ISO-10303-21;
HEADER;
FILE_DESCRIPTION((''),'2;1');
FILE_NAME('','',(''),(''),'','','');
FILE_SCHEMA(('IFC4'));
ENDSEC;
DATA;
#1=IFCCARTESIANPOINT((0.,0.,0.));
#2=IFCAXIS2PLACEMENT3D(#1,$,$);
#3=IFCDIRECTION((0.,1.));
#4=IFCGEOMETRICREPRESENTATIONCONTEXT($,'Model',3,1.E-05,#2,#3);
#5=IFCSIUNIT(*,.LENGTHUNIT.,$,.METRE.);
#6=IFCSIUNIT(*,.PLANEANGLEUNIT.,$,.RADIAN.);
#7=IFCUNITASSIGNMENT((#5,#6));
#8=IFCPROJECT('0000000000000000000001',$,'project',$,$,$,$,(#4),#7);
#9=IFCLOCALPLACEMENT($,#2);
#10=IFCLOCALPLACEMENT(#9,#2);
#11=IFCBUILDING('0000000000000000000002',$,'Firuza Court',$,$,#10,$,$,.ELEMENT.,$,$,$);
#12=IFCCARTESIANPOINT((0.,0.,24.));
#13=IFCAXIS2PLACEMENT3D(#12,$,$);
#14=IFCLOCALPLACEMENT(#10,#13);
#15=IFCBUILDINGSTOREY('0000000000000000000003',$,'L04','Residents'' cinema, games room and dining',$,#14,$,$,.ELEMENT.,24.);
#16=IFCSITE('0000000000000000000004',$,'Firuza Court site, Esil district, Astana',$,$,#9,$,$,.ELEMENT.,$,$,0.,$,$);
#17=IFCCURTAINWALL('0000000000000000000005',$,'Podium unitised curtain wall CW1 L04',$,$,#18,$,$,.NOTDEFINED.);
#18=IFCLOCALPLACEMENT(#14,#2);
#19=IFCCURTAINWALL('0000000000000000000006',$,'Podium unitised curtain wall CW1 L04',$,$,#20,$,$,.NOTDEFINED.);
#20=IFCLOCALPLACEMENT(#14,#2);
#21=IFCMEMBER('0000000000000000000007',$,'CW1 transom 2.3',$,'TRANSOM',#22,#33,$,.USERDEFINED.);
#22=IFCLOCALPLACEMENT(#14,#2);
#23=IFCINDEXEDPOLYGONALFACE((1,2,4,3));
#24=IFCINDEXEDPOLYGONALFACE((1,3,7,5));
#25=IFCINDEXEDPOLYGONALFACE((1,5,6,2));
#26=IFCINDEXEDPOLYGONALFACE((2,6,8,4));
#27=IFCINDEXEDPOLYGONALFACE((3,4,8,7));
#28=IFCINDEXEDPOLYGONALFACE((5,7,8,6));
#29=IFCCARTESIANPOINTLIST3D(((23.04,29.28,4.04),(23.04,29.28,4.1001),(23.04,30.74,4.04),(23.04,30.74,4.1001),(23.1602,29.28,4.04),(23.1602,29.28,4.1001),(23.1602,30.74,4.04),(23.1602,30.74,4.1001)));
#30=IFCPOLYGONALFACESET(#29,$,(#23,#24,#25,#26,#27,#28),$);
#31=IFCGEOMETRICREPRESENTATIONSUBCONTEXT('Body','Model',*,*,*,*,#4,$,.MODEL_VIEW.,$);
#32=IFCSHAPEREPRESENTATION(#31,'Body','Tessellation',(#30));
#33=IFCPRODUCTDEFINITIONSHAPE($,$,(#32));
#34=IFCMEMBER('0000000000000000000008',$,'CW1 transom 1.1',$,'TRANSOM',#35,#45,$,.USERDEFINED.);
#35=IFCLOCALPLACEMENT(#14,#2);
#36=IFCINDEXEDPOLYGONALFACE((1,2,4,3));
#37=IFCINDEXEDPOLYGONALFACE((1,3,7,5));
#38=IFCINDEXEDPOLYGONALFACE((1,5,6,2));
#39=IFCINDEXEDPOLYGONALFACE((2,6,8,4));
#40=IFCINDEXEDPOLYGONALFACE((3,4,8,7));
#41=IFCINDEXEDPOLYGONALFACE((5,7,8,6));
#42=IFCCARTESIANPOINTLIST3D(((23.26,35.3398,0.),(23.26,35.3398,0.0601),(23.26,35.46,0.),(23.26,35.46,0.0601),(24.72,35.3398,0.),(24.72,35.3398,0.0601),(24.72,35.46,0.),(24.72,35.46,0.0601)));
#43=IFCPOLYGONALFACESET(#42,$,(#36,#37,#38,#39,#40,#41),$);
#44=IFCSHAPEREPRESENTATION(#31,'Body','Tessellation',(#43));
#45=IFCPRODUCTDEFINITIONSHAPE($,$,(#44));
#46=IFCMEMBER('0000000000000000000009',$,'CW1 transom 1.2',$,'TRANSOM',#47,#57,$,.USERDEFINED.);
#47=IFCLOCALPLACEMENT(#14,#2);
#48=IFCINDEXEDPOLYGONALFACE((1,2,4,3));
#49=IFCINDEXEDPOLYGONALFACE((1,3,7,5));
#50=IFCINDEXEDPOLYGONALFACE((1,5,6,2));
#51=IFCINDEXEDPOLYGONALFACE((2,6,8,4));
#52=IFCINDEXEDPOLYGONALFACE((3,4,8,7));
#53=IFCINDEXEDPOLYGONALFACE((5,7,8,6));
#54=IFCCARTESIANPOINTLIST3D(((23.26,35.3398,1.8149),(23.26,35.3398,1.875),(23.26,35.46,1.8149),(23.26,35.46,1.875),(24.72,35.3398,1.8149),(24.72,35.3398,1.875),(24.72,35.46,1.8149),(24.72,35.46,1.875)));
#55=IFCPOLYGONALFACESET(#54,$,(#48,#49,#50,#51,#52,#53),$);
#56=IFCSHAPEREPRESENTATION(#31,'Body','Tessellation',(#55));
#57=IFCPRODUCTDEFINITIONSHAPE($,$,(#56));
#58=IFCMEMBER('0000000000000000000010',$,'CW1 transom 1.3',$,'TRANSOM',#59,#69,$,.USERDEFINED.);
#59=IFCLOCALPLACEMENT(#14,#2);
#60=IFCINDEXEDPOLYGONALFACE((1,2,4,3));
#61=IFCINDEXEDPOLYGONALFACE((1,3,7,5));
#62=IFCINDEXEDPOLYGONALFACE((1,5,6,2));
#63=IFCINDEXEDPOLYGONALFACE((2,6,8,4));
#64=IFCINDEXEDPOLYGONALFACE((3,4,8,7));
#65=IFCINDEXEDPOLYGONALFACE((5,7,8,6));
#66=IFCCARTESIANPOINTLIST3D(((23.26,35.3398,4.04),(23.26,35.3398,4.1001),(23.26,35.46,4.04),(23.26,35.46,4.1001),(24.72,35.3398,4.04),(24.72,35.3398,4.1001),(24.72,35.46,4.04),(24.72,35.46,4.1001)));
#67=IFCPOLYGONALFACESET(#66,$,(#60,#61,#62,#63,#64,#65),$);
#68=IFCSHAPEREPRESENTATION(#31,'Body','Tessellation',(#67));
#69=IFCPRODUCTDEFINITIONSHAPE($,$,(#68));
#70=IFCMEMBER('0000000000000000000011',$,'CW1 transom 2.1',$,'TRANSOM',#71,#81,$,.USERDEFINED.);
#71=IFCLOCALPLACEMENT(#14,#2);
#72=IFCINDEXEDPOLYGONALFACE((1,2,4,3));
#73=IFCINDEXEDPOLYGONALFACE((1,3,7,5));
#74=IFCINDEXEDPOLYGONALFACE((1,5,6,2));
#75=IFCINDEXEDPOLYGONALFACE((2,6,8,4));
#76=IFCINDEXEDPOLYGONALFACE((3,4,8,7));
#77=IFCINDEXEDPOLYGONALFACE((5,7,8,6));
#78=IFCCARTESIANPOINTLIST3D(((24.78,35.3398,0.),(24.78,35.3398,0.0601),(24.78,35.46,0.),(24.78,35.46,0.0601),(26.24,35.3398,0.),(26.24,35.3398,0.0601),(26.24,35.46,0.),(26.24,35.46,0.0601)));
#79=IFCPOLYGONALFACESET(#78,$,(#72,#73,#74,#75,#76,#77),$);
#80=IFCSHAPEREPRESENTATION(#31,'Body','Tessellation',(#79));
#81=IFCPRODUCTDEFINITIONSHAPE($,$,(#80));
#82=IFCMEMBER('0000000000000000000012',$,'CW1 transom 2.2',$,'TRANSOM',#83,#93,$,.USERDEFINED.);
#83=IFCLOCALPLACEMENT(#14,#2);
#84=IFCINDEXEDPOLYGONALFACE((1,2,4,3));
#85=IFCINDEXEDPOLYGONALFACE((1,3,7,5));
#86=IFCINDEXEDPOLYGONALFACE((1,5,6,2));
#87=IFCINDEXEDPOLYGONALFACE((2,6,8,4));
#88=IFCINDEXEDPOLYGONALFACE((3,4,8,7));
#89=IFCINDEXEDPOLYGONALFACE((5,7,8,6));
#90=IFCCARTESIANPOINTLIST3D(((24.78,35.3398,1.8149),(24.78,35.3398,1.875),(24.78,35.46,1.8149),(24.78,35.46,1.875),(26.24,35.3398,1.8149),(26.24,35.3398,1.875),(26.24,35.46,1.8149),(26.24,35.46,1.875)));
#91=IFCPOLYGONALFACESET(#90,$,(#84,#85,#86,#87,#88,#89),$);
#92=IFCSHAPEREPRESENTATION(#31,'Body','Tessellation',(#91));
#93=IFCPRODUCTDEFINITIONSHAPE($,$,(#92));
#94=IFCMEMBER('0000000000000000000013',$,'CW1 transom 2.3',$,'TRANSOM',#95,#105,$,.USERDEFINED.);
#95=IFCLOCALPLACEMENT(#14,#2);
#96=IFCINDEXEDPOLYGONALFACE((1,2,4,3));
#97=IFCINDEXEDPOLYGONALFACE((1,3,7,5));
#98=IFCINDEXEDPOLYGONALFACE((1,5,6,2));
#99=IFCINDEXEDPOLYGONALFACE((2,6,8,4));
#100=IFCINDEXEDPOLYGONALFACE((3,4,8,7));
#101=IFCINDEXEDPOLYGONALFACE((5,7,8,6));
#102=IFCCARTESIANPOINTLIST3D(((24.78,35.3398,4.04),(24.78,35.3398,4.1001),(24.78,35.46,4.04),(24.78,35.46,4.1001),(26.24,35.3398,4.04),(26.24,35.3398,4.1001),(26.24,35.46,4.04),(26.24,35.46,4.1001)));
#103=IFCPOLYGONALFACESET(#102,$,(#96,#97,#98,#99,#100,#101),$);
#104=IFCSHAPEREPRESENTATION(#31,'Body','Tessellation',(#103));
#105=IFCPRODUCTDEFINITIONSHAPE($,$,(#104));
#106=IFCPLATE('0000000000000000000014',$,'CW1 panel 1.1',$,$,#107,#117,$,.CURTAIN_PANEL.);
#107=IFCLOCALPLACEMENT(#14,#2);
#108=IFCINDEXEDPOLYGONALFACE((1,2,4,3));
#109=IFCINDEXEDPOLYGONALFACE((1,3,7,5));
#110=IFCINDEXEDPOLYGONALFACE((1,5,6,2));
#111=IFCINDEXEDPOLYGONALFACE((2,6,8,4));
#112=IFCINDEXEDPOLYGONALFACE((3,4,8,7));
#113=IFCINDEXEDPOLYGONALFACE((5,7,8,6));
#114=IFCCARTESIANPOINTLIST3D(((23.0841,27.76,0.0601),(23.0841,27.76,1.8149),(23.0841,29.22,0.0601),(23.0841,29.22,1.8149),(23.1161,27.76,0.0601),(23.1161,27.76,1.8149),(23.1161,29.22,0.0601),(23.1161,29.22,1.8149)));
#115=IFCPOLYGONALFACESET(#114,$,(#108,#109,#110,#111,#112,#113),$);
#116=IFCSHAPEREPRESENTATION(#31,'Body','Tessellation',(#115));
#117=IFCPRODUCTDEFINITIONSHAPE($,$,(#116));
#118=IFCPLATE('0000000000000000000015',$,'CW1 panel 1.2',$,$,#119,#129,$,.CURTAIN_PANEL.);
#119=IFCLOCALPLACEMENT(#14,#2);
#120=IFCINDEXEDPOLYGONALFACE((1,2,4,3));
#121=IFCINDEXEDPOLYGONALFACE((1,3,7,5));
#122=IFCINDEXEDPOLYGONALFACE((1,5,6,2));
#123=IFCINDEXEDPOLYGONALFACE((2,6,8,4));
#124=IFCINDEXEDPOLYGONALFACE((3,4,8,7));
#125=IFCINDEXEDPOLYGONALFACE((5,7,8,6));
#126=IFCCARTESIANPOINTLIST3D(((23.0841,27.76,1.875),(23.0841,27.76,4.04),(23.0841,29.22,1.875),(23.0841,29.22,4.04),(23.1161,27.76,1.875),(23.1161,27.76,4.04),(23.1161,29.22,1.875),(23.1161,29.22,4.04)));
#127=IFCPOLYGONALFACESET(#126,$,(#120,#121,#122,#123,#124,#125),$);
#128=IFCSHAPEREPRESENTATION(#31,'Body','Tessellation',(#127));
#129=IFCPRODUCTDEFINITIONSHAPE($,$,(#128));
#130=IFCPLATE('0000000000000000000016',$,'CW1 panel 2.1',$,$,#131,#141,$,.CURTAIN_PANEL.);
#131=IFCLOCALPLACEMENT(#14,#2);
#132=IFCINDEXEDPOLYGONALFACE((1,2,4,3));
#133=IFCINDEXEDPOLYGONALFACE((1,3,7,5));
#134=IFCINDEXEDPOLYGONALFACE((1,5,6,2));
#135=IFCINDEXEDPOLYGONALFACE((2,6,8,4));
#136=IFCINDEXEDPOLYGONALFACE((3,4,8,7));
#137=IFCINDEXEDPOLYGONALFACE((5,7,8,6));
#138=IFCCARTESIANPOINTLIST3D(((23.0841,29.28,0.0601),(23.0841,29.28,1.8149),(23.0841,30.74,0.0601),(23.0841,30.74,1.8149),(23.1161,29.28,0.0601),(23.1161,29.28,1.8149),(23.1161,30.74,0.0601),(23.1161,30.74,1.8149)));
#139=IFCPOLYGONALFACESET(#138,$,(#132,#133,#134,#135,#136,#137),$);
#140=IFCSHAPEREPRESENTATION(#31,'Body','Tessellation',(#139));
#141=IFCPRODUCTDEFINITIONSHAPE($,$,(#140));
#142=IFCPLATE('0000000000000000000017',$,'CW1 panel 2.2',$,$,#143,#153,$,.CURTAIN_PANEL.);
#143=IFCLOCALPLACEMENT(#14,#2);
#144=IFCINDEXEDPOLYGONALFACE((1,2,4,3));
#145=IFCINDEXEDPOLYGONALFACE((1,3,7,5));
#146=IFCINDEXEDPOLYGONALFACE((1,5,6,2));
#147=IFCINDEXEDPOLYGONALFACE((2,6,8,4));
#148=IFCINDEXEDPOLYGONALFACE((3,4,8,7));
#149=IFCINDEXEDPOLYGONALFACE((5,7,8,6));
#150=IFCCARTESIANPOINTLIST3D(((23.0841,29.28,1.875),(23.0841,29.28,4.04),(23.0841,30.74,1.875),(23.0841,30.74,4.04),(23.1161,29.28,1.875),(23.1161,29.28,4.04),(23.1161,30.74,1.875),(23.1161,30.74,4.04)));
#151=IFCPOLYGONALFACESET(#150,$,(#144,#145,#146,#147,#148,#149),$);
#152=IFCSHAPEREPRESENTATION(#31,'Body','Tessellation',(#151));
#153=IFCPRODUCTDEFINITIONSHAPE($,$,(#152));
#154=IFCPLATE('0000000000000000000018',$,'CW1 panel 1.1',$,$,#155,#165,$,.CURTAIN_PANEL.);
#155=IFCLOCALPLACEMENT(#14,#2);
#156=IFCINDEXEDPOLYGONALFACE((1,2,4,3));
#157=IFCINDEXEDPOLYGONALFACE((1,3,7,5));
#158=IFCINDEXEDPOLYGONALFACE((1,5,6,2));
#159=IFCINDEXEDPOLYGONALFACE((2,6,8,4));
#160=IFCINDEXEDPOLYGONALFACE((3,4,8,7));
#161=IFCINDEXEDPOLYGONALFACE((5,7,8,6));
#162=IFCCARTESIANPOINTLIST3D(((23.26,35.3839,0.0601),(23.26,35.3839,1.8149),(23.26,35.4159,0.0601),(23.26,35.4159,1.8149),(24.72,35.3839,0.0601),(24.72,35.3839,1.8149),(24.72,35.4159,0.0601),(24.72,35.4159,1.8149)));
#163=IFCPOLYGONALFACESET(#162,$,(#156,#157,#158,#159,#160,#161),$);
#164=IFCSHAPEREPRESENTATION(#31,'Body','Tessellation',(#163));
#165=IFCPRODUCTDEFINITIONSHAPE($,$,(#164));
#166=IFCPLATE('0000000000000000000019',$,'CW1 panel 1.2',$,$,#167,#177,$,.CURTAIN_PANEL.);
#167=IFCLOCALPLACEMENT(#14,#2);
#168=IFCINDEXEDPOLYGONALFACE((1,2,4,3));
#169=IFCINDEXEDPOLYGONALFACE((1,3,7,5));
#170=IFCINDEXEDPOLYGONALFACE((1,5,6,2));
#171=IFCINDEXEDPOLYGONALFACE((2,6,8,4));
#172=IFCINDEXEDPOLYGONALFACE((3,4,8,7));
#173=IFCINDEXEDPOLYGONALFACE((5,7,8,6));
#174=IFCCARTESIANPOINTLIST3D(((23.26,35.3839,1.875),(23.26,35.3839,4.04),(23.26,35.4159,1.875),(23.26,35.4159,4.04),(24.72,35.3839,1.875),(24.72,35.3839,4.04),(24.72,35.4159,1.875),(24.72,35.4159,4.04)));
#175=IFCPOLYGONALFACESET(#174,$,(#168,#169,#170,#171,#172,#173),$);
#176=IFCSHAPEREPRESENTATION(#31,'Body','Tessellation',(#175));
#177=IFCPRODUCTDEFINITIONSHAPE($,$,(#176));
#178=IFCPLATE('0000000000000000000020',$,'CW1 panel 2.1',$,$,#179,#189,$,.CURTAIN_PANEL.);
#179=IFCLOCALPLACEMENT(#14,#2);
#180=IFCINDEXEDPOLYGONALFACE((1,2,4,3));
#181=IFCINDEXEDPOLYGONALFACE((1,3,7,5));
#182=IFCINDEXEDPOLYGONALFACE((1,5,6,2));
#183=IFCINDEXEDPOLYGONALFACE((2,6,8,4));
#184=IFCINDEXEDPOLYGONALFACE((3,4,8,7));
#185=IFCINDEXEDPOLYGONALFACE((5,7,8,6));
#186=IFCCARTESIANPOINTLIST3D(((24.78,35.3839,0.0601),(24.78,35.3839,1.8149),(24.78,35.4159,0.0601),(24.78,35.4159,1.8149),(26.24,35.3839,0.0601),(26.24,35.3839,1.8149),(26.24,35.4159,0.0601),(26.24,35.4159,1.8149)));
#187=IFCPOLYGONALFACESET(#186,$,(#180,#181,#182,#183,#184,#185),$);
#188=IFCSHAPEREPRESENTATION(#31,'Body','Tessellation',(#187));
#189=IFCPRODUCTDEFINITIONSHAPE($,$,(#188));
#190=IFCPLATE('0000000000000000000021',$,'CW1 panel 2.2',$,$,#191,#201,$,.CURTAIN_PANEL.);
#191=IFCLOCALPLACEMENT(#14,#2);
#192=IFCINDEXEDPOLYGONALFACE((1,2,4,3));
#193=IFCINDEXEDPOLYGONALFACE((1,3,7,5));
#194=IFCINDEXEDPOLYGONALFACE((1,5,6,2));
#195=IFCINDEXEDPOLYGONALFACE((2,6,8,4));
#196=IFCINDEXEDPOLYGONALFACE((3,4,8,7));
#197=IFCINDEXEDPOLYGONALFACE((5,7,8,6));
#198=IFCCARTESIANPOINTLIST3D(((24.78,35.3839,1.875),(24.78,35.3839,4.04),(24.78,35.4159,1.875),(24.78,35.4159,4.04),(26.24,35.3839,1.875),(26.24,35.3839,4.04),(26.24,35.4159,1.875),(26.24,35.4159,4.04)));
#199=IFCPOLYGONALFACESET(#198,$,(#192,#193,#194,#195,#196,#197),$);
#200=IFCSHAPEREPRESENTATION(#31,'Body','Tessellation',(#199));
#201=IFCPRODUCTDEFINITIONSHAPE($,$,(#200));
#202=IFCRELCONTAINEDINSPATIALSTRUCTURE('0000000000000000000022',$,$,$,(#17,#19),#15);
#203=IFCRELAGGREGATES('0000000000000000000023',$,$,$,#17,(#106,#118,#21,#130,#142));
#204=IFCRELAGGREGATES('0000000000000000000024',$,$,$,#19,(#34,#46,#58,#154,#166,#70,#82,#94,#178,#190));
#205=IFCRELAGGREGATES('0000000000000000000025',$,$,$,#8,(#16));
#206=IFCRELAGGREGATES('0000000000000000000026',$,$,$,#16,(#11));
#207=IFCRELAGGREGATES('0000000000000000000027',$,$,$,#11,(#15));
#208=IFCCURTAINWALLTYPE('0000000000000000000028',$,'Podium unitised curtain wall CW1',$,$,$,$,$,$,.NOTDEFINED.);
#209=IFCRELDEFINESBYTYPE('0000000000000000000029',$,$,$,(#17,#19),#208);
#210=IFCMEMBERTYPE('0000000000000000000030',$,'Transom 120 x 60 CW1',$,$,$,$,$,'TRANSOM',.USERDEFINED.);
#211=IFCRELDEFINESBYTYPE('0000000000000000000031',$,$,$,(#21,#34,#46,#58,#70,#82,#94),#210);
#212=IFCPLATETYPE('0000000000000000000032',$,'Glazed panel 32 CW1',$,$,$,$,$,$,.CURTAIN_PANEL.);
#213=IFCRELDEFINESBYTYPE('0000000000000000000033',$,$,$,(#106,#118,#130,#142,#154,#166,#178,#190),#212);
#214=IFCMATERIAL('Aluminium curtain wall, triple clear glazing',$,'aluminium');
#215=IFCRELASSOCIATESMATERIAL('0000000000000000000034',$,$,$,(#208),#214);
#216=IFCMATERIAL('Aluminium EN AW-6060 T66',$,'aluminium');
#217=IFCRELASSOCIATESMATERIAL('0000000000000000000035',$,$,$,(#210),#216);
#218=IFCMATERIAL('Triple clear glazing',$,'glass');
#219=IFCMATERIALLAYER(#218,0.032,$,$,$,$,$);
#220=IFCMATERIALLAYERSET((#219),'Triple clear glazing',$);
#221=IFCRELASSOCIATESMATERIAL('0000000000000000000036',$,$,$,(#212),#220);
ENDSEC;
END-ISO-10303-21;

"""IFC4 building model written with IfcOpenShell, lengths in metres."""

from ifc_helpers import new_model, si_unit, direction, frame, origin, origin_2d, place, context, subcontext, project, spatial, rectangle, extrude, material, layer, layer_set, material_profile, profile_set, type_object, element, aggregate, save


model = new_model("IFC4")

# Units and contexts
model_context = context("Model", 3, precision=1e-05, world=origin(), true_north=direction((0.0, 1.0)))
body_context = subcontext(model_context, "Body", "Model", "MODEL_VIEW")
ifc_project = project(units=[si_unit("LENGTHUNIT", "METRE"), si_unit("PLANEANGLEUNIT", "RADIAN")], contexts=[model_context])

# Site, building, storey
site_placement = place(None, origin())
site = spatial("IfcSite", under=ifc_project, at=site_placement, Name="Firuza Court site, Esil district, Astana", CompositionType="ELEMENT", RefElevation=0.0)
building_placement = place(site_placement, origin())
building = spatial("IfcBuilding", under=site, at=building_placement, Name="Firuza Court", CompositionType="ELEMENT")
storey_placement = place(building_placement, frame((0.0, 0.0, 24.0)))
storey = spatial("IfcBuildingStorey", under=building, at=storey_placement, Name="L04", Description="Residents' cinema, games room and dining", CompositionType="ELEMENT", Elevation=24.0)

# Curtain walls
ifc_material_1 = material(Name="Aluminium curtain wall, triple clear glazing", Category="aluminium")
curtain_wall_type = type_object("IfcCurtainWallType", Name="Podium unitised curtain wall CW1", PredefinedType="NOTDEFINED", material=ifc_material_1)
curtain_wall_1_placement = place(storey_placement, origin())
curtain_wall_1 = element("IfcCurtainWall", 1, at=curtain_wall_1_placement, inside=storey, type_object=curtain_wall_type, Name="Podium unitised curtain wall CW1 L04", PredefinedType="NOTDEFINED")
curtain_wall_2_placement = place(storey_placement, origin())
curtain_wall_2 = element("IfcCurtainWall", 2, at=curtain_wall_2_placement, inside=storey, type_object=curtain_wall_type, Name="Podium unitised curtain wall CW1 L04", PredefinedType="NOTDEFINED")

# Members
ifc_material_2 = material(Name="Aluminium EN AW-6060 T66", Category="aluminium")
ifc_material_profile_1 = material_profile(ifc_material_2, rectangle(XDim=0.1201, YDim=0.0601, at=origin_2d()), Name="Transom 120 x 60 CW1")
ifc_profile_set_1 = profile_set([ifc_material_profile_1], Name="Aluminium EN AW-6060 T66")
member_type_1 = type_object("IfcMemberType", Name="Transom 120 x 60 CW1", ElementType="TRANSOM", PredefinedType="USERDEFINED", material=ifc_profile_set_1)
member_1_placement = place(storey_placement, frame((23.1001, 29.28, 4.0701), z_axis=(0.0, 1.0, 0.0), x_axis=(-1.0, 0.0, 0.0)))
member_1 = element("IfcMember", 3, at=member_1_placement, type_object=member_type_1, Name="CW1 transom 2.3", ObjectType="TRANSOM", PredefinedType="USERDEFINED", context=body_context, shape_type="SweptSolid", body=[
    extrude(rectangle(XDim=0.1201, YDim=0.0601, at=origin_2d()), origin(), (0.0, 0.0, 1.0), 1.46),
])
member_2_placement = place(storey_placement, frame((23.26, 35.3999, 0.03), z_axis=(1.0, 0.0, 0.0), x_axis=(0.0, 1.0, 0.0)))
member_2 = element("IfcMember", 4, at=member_2_placement, type_object=member_type_1, Name="CW1 transom 1.1", ObjectType="TRANSOM", PredefinedType="USERDEFINED", context=body_context, shape_type="SweptSolid", body=[
    extrude(rectangle(XDim=0.1201, YDim=0.0601, at=origin_2d()), origin(), (0.0, 0.0, 1.0), 1.46),
])
member_3_placement = place(storey_placement, frame((23.26, 35.3999, 1.845), z_axis=(1.0, 0.0, 0.0), x_axis=(0.0, 1.0, 0.0)))
member_3 = element("IfcMember", 5, at=member_3_placement, type_object=member_type_1, Name="CW1 transom 1.2", ObjectType="TRANSOM", PredefinedType="USERDEFINED", context=body_context, shape_type="SweptSolid", body=[
    extrude(rectangle(XDim=0.1201, YDim=0.0601, at=origin_2d()), origin(), (0.0, 0.0, 1.0), 1.46),
])
member_4_placement = place(storey_placement, frame((23.26, 35.3999, 4.0701), z_axis=(1.0, 0.0, 0.0), x_axis=(0.0, 1.0, 0.0)))
member_4 = element("IfcMember", 6, at=member_4_placement, type_object=member_type_1, Name="CW1 transom 1.3", ObjectType="TRANSOM", PredefinedType="USERDEFINED", context=body_context, shape_type="SweptSolid", body=[
    extrude(rectangle(XDim=0.1201, YDim=0.0601, at=origin_2d()), origin(), (0.0, 0.0, 1.0), 1.46),
])
member_5_placement = place(storey_placement, frame((24.78, 35.3999, 0.03), z_axis=(1.0, 0.0, 0.0), x_axis=(0.0, 1.0, 0.0)))
member_5 = element("IfcMember", 7, at=member_5_placement, type_object=member_type_1, Name="CW1 transom 2.1", ObjectType="TRANSOM", PredefinedType="USERDEFINED", context=body_context, shape_type="SweptSolid", body=[
    extrude(rectangle(XDim=0.1201, YDim=0.0601, at=origin_2d()), origin(), (0.0, 0.0, 1.0), 1.46),
])
member_6_placement = place(storey_placement, frame((24.78, 35.3999, 1.845), z_axis=(1.0, 0.0, 0.0), x_axis=(0.0, 1.0, 0.0)))
member_6 = element("IfcMember", 8, at=member_6_placement, type_object=member_type_1, Name="CW1 transom 2.2", ObjectType="TRANSOM", PredefinedType="USERDEFINED", context=body_context, shape_type="SweptSolid", body=[
    extrude(rectangle(XDim=0.1201, YDim=0.0601, at=origin_2d()), origin(), (0.0, 0.0, 1.0), 1.46),
])
member_7_placement = place(storey_placement, frame((24.78, 35.3999, 4.0701), z_axis=(1.0, 0.0, 0.0), x_axis=(0.0, 1.0, 0.0)))
member_7 = element("IfcMember", 9, at=member_7_placement, type_object=member_type_1, Name="CW1 transom 2.3", ObjectType="TRANSOM", PredefinedType="USERDEFINED", context=body_context, shape_type="SweptSolid", body=[
    extrude(rectangle(XDim=0.1201, YDim=0.0601, at=origin_2d()), origin(), (0.0, 0.0, 1.0), 1.46),
])

# Plates
ifc_material_3 = material(Name="Triple clear glazing", Category="glass")
ifc_layer_1 = layer(ifc_material_3, 0.032)
ifc_layer_set_1 = layer_set([ifc_layer_1], Name="Triple clear glazing")
plate_type = type_object("IfcPlateType", Name="Glazed panel 32 CW1", PredefinedType="CURTAIN_PANEL", material=ifc_layer_set_1)
plate_1_placement = place(storey_placement, frame((23.1001, 28.49, 0.0601), z_axis=(0.0, 0.0, 1.0), x_axis=(0.0, 1.0, 0.0)))
plate_1 = element("IfcPlate", 10, at=plate_1_placement, type_object=plate_type, Name="CW1 panel 1.1", PredefinedType="CURTAIN_PANEL", context=body_context, shape_type="SweptSolid", body=[
    extrude(rectangle(XDim=1.46, YDim=0.032, at=origin_2d()), origin(), (0.0, 0.0, 1.0), 1.7549),
])
plate_2_placement = place(storey_placement, frame((23.1001, 28.49, 1.875), z_axis=(0.0, 0.0, 1.0), x_axis=(0.0, 1.0, 0.0)))
plate_2 = element("IfcPlate", 11, at=plate_2_placement, type_object=plate_type, Name="CW1 panel 1.2", PredefinedType="CURTAIN_PANEL", context=body_context, shape_type="SweptSolid", body=[
    extrude(rectangle(XDim=1.46, YDim=0.032, at=origin_2d()), origin(), (0.0, 0.0, 1.0), 2.165),
])
plate_3_placement = place(storey_placement, frame((23.1001, 30.01, 0.0601), z_axis=(0.0, 0.0, 1.0), x_axis=(0.0, 1.0, 0.0)))
plate_3 = element("IfcPlate", 12, at=plate_3_placement, type_object=plate_type, Name="CW1 panel 2.1", PredefinedType="CURTAIN_PANEL", context=body_context, shape_type="SweptSolid", body=[
    extrude(rectangle(XDim=1.46, YDim=0.032, at=origin_2d()), origin(), (0.0, 0.0, 1.0), 1.7549),
])
plate_4_placement = place(storey_placement, frame((23.1001, 30.01, 1.875), z_axis=(0.0, 0.0, 1.0), x_axis=(0.0, 1.0, 0.0)))
plate_4 = element("IfcPlate", 13, at=plate_4_placement, type_object=plate_type, Name="CW1 panel 2.2", PredefinedType="CURTAIN_PANEL", context=body_context, shape_type="SweptSolid", body=[
    extrude(rectangle(XDim=1.46, YDim=0.032, at=origin_2d()), origin(), (0.0, 0.0, 1.0), 2.165),
])
aggregate(curtain_wall_1, [plate_1, plate_2, member_1, plate_3, plate_4])
plate_5_placement = place(storey_placement, frame((23.99, 35.3999, 0.0601), z_axis=(0.0, 0.0, 1.0), x_axis=(1.0, 0.0, 0.0)))
plate_5 = element("IfcPlate", 14, at=plate_5_placement, type_object=plate_type, Name="CW1 panel 1.1", PredefinedType="CURTAIN_PANEL", context=body_context, shape_type="SweptSolid", body=[
    extrude(rectangle(XDim=1.46, YDim=0.032, at=origin_2d()), origin(), (0.0, 0.0, 1.0), 1.7549),
])
plate_6_placement = place(storey_placement, frame((23.99, 35.3999, 1.875), z_axis=(0.0, 0.0, 1.0), x_axis=(1.0, 0.0, 0.0)))
plate_6 = element("IfcPlate", 15, at=plate_6_placement, type_object=plate_type, Name="CW1 panel 1.2", PredefinedType="CURTAIN_PANEL", context=body_context, shape_type="SweptSolid", body=[
    extrude(rectangle(XDim=1.46, YDim=0.032, at=origin_2d()), origin(), (0.0, 0.0, 1.0), 2.165),
])
plate_7_placement = place(storey_placement, frame((25.51, 35.3999, 0.0601), z_axis=(0.0, 0.0, 1.0), x_axis=(1.0, 0.0, 0.0)))
plate_7 = element("IfcPlate", 16, at=plate_7_placement, type_object=plate_type, Name="CW1 panel 2.1", PredefinedType="CURTAIN_PANEL", context=body_context, shape_type="SweptSolid", body=[
    extrude(rectangle(XDim=1.46, YDim=0.032, at=origin_2d()), origin(), (0.0, 0.0, 1.0), 1.7549),
])
plate_8_placement = place(storey_placement, frame((25.51, 35.3999, 1.875), z_axis=(0.0, 0.0, 1.0), x_axis=(1.0, 0.0, 0.0)))
plate_8 = element("IfcPlate", 17, at=plate_8_placement, type_object=plate_type, Name="CW1 panel 2.2", PredefinedType="CURTAIN_PANEL", context=body_context, shape_type="SweptSolid", body=[
    extrude(rectangle(XDim=1.46, YDim=0.032, at=origin_2d()), origin(), (0.0, 0.0, 1.0), 2.165),
])
aggregate(curtain_wall_2, [member_2, member_3, member_4, plate_5, plate_6, member_5, member_6, member_7, plate_7, plate_8])

save(model, "model.ifc")
